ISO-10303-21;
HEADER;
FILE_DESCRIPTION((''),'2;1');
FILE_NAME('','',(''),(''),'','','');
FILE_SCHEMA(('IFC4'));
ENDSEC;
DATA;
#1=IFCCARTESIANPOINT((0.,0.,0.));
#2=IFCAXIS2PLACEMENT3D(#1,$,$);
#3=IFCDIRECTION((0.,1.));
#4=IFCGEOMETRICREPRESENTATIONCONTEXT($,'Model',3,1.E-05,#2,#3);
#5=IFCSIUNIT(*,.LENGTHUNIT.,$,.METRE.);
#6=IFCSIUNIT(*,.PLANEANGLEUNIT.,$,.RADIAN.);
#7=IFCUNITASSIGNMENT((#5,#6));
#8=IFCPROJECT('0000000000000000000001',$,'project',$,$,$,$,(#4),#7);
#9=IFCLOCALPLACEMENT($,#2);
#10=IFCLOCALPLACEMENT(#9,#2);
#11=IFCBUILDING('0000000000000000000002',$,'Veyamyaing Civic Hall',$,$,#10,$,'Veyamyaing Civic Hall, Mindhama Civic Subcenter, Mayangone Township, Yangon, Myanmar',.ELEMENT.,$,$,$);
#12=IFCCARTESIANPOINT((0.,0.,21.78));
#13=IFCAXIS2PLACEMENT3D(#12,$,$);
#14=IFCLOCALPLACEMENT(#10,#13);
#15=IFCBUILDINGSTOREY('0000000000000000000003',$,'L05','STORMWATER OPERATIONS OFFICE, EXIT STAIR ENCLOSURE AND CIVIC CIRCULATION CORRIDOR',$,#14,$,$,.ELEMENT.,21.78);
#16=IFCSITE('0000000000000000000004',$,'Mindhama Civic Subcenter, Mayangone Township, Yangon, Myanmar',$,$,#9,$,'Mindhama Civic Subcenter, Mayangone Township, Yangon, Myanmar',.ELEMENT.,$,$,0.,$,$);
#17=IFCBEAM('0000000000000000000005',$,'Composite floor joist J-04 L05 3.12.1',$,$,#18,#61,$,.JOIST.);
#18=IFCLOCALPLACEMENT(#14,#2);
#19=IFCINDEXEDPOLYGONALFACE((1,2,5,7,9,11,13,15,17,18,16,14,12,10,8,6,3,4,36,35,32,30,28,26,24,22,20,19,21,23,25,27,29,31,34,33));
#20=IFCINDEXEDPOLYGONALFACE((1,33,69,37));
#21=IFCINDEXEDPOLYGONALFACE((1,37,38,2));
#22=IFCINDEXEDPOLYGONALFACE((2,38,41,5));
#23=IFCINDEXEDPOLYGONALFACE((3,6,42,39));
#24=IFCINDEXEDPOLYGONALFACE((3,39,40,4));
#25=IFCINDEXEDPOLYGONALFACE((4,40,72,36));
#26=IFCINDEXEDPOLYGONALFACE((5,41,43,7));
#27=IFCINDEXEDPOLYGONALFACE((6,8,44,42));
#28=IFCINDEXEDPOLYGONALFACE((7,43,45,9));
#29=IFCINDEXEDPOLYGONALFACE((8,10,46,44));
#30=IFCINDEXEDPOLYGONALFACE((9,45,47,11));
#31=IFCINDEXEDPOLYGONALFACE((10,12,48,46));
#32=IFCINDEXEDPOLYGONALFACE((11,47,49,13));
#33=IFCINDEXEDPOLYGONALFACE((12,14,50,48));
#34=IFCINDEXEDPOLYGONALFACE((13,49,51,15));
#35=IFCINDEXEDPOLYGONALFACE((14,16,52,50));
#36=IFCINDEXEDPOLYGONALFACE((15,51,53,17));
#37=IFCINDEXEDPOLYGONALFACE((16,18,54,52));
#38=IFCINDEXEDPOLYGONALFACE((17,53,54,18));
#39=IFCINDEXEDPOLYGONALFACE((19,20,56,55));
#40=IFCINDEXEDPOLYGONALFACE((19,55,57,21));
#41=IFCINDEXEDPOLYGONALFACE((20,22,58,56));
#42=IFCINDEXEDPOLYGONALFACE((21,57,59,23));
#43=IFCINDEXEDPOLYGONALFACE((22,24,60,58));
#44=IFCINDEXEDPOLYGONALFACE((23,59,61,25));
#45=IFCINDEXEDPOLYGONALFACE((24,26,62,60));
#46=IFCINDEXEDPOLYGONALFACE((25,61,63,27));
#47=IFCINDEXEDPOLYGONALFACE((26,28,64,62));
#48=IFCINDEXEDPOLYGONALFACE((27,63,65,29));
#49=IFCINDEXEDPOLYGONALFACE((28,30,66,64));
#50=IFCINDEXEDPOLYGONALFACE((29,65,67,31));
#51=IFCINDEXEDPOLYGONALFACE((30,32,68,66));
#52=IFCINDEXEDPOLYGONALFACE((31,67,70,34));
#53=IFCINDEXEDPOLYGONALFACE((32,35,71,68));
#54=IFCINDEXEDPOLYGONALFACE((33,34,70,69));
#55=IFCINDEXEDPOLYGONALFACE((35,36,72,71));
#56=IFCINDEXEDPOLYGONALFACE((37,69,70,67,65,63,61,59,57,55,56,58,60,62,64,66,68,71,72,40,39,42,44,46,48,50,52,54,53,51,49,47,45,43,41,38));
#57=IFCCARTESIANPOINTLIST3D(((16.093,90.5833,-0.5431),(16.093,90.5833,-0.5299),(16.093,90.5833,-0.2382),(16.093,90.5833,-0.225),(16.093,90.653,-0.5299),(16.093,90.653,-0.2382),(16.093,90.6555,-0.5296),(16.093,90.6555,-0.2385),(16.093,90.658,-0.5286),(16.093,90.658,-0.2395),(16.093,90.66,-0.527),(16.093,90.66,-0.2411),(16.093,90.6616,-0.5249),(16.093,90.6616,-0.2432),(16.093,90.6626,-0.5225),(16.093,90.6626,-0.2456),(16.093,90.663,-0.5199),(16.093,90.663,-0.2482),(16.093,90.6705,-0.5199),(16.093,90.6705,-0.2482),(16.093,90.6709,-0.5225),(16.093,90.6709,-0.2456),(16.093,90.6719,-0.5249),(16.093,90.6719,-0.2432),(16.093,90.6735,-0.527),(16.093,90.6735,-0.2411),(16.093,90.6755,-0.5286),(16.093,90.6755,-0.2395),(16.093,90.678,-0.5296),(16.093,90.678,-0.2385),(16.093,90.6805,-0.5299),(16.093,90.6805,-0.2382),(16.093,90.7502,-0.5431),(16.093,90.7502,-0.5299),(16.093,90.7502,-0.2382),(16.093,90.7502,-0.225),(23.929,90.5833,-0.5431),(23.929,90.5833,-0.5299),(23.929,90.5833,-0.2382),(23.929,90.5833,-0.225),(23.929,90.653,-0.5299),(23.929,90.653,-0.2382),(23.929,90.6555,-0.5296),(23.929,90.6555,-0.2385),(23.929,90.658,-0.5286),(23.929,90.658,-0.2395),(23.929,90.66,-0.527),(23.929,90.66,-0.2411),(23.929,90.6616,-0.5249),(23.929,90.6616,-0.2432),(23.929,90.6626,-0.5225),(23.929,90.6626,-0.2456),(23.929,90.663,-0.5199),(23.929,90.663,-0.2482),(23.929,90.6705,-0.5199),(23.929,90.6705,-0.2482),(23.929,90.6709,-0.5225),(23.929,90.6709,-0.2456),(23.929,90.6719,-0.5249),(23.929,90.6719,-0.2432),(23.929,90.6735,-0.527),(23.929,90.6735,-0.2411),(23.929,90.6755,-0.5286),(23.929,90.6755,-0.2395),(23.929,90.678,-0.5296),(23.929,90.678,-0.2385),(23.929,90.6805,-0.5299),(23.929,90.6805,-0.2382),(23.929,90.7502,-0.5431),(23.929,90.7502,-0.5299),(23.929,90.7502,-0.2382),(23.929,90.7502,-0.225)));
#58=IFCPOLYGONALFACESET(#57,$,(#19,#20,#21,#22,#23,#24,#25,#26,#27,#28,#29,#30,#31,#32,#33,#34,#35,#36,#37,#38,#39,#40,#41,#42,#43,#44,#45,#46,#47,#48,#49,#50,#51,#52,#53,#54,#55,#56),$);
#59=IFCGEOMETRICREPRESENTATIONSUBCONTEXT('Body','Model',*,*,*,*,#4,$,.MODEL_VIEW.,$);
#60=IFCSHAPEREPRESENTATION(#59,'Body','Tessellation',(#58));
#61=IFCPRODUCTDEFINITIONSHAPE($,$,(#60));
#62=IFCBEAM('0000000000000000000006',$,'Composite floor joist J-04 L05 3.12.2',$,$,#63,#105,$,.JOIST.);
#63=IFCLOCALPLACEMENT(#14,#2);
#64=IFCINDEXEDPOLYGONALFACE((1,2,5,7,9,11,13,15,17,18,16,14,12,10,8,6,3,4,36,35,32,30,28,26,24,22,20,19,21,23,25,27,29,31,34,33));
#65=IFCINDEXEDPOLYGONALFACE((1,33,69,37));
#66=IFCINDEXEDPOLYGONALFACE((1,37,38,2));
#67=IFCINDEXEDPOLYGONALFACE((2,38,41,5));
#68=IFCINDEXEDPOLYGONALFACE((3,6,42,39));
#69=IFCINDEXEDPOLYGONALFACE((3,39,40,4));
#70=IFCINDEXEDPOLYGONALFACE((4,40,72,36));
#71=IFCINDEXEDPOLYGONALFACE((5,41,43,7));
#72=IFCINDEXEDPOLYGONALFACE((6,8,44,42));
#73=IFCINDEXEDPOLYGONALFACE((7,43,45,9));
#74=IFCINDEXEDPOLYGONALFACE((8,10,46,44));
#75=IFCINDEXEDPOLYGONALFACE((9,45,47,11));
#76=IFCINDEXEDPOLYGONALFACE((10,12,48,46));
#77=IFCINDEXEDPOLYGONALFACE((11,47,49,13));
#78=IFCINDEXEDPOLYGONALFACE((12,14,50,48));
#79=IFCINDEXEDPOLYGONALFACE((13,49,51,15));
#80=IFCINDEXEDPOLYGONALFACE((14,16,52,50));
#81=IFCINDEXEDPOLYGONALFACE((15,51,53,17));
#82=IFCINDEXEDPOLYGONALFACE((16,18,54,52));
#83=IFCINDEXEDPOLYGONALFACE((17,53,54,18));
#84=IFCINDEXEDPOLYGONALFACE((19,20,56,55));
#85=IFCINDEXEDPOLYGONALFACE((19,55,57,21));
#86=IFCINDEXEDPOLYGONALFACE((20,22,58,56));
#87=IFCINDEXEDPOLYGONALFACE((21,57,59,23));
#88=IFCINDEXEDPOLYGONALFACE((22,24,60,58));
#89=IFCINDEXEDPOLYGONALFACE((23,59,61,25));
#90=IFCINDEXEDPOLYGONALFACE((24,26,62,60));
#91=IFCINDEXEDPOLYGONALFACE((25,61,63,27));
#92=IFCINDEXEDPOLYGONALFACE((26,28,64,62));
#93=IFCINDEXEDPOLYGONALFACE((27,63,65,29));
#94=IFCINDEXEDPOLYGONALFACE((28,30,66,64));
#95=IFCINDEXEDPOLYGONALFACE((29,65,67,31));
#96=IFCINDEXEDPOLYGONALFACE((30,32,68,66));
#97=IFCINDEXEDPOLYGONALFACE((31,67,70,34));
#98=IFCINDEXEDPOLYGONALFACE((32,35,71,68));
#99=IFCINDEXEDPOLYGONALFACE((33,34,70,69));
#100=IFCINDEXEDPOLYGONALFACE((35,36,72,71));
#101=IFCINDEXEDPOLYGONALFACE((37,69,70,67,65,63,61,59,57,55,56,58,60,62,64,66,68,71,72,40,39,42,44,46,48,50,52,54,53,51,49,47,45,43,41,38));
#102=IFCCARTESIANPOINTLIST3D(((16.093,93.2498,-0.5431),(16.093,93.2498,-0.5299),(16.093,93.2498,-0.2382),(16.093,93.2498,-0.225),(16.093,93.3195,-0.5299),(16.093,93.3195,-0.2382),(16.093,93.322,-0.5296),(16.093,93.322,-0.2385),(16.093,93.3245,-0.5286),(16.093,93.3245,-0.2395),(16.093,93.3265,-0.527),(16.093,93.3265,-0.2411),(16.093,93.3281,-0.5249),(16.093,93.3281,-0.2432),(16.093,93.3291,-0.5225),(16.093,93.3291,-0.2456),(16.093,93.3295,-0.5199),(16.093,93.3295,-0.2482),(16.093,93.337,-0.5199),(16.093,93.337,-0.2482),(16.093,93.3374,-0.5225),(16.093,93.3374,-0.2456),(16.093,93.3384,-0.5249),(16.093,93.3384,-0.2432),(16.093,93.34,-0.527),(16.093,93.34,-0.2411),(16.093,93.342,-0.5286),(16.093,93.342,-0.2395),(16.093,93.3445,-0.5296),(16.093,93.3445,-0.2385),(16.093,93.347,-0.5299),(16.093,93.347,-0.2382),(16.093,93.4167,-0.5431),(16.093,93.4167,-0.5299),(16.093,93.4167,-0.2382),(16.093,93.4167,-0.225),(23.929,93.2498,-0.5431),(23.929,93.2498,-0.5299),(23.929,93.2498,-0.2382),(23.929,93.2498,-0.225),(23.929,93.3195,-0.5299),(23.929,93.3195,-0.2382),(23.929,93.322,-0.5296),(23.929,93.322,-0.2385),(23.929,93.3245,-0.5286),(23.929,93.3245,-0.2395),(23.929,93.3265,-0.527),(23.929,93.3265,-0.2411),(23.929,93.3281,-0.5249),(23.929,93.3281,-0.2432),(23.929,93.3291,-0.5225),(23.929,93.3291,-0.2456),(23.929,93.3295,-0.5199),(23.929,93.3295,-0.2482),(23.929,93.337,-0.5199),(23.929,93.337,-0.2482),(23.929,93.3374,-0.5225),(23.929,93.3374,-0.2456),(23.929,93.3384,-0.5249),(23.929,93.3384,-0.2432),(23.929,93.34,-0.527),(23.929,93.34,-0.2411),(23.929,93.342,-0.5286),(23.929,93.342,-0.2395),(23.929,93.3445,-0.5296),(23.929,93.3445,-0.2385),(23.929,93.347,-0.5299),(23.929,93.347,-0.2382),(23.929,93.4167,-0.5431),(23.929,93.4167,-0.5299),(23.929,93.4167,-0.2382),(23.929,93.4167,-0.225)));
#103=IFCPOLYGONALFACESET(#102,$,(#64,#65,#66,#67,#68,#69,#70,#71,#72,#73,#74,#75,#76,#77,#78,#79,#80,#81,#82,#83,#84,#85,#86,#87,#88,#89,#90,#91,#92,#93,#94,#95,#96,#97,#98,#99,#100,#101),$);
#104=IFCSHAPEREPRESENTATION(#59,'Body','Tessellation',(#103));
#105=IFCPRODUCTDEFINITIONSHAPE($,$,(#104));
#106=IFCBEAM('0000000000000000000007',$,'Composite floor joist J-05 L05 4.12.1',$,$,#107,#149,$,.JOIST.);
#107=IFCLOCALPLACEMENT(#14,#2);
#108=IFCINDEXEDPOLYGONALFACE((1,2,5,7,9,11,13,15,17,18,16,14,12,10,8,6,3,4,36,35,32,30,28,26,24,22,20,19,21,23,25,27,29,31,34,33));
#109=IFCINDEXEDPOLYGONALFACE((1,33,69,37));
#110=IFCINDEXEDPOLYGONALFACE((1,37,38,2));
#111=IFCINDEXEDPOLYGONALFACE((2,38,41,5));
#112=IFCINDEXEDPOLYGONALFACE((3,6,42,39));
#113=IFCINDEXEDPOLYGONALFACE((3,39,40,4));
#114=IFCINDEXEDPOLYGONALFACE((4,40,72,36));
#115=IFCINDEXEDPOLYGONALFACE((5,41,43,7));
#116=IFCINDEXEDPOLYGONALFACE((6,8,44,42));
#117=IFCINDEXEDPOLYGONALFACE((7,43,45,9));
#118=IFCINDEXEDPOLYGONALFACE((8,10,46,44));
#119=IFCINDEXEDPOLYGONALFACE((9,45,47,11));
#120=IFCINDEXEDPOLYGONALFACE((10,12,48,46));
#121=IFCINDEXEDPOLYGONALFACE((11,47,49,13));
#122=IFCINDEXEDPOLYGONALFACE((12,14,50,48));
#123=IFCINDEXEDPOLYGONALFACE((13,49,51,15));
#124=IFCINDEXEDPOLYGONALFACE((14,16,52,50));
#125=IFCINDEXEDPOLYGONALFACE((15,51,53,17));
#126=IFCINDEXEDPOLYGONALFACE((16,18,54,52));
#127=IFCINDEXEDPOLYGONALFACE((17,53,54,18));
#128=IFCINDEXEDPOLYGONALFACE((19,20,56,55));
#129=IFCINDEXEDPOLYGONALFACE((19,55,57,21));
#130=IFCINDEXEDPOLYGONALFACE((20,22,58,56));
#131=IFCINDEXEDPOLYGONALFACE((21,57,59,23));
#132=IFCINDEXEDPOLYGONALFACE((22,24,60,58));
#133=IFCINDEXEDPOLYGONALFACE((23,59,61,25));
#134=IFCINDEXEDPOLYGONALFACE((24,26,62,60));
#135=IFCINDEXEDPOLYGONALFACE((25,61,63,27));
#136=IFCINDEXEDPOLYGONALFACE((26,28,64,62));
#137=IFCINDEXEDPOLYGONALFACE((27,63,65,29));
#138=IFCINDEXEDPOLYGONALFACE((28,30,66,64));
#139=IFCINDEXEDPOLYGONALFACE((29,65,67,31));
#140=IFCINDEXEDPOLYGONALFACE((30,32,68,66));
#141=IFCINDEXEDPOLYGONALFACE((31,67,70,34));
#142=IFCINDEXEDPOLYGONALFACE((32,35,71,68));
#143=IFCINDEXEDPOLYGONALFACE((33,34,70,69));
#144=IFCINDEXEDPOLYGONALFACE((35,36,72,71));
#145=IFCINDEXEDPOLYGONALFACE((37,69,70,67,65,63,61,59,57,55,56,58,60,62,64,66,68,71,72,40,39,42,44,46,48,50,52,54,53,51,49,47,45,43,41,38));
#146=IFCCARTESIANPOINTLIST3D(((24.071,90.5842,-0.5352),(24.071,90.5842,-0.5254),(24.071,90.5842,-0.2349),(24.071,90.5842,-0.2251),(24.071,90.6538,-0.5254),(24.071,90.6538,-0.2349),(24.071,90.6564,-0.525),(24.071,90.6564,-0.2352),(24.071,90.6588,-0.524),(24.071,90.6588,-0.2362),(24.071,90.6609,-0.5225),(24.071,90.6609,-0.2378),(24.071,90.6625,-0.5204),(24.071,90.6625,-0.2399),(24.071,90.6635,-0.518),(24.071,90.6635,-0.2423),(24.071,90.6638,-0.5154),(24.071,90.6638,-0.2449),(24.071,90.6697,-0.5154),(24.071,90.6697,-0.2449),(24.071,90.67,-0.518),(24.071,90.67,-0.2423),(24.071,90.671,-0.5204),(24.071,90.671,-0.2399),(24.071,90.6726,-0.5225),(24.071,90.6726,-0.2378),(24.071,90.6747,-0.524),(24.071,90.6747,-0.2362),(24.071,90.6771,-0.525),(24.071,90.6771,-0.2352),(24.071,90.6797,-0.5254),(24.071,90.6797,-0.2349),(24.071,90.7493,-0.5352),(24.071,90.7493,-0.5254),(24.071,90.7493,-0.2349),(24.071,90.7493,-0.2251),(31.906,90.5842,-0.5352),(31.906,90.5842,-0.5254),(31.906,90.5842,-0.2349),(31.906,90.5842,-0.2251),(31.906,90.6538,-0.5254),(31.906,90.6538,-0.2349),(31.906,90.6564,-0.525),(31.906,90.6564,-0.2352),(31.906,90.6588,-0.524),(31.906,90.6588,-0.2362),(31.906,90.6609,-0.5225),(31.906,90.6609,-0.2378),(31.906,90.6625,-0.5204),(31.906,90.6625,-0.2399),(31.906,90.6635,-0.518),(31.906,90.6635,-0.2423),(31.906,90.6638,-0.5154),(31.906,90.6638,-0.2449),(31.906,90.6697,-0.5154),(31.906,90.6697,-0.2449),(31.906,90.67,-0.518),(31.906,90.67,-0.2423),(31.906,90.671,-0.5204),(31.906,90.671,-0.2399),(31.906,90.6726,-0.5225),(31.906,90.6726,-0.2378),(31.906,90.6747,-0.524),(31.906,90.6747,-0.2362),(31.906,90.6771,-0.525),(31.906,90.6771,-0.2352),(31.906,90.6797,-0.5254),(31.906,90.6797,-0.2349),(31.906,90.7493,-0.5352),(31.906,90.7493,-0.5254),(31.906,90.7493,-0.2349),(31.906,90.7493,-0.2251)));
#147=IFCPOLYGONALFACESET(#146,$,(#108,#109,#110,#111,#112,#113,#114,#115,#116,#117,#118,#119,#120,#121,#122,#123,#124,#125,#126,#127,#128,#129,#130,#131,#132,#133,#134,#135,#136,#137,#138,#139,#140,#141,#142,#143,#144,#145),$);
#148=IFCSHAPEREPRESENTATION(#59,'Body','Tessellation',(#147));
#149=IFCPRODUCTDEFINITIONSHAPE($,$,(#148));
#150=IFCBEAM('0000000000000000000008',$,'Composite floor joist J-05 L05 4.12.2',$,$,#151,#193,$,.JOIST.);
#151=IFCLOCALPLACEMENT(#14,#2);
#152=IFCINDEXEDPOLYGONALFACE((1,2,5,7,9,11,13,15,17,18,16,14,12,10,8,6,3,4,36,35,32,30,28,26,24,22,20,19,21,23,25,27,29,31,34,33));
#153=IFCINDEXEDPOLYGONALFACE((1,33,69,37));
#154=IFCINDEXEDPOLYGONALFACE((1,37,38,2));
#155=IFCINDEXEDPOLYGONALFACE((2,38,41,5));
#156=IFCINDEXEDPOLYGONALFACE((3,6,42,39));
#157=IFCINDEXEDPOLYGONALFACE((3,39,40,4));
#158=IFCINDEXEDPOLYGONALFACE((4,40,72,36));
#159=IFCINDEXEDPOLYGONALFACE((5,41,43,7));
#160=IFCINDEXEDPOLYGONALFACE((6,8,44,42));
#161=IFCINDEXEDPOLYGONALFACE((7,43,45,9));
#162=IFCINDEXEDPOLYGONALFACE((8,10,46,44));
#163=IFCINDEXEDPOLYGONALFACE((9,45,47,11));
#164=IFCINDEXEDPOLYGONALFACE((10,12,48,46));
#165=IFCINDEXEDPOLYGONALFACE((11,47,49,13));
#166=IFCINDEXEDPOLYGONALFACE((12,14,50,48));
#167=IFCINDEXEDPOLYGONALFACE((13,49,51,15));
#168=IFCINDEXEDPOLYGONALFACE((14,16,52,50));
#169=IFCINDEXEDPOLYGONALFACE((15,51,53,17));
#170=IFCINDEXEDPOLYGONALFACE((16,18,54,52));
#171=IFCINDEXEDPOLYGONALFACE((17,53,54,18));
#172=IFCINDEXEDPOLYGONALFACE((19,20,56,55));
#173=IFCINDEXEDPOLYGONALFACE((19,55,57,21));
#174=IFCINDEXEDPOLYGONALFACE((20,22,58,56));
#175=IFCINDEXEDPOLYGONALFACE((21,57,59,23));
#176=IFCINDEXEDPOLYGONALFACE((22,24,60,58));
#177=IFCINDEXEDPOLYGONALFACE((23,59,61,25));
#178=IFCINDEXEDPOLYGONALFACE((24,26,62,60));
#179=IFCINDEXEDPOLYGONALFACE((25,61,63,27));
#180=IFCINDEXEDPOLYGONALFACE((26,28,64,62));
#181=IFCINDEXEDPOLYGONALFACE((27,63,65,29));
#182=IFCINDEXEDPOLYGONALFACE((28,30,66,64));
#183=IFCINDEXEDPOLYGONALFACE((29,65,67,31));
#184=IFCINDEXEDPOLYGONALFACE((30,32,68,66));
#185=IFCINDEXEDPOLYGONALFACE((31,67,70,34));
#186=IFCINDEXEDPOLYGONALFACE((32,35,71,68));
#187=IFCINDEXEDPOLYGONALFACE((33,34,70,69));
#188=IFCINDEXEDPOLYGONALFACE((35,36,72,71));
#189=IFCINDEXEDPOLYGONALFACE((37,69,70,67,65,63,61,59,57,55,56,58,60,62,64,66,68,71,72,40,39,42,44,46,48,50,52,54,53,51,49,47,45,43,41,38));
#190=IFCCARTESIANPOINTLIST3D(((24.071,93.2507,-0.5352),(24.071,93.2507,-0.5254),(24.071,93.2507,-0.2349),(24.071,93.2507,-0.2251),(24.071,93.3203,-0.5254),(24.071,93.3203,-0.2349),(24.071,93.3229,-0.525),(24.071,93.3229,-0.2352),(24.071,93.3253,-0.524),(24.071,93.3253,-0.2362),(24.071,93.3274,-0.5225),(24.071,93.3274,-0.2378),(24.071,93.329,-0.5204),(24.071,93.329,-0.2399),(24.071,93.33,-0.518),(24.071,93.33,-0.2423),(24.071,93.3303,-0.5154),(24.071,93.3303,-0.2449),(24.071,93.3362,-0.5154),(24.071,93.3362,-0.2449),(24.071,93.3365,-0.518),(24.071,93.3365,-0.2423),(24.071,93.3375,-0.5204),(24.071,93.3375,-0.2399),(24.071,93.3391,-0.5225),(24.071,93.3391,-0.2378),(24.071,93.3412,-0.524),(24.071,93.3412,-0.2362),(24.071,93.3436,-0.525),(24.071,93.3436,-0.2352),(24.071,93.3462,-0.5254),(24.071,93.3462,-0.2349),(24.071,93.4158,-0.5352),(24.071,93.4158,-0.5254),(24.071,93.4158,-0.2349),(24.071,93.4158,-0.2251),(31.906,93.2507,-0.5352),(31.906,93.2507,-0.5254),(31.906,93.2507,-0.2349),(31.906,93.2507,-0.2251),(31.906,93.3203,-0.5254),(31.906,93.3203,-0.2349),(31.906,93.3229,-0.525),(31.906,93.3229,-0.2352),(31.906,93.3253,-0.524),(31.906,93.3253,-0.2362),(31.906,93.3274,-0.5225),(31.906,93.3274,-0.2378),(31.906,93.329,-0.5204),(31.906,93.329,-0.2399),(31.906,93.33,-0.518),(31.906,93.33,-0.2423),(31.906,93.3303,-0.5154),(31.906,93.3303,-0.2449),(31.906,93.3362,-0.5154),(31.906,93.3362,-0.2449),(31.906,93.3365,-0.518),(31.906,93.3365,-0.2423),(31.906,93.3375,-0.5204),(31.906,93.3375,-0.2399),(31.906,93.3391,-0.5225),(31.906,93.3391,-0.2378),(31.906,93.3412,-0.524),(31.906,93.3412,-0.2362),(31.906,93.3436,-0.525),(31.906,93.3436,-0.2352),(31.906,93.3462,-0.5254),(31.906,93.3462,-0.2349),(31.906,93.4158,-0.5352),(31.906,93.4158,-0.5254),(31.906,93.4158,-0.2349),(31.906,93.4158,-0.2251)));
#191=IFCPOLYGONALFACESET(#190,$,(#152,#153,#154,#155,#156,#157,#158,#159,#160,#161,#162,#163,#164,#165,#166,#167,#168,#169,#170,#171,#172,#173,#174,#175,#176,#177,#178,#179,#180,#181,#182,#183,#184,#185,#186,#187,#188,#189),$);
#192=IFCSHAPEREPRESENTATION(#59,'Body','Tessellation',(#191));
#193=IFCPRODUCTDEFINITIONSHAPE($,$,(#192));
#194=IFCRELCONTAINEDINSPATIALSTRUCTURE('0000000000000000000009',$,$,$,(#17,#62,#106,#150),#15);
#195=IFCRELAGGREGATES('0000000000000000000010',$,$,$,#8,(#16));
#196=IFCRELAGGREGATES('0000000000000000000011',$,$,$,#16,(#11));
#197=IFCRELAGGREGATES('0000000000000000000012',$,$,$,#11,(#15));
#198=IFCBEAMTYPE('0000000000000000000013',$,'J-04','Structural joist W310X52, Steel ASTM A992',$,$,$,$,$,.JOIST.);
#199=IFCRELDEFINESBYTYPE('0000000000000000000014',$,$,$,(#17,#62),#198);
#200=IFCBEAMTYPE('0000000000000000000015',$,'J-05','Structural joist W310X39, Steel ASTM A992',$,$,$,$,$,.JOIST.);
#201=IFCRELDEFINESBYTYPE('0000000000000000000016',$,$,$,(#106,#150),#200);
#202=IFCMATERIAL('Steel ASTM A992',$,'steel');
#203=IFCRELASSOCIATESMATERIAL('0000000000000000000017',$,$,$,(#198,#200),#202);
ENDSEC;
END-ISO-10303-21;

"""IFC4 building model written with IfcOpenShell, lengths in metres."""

from ifc_helpers import new_model, si_unit, direction, frame, origin, origin_2d, place, context, subcontext, project, spatial, i_section, extrude, material, material_profile, profile_set, type_object, element, save


model = new_model("IFC4")

# Units and contexts
model_context = context("Model", 3, precision=1e-05, world=origin(), true_north=direction((0.0, 1.0)))
body_context = subcontext(model_context, "Body", "Model", "MODEL_VIEW")
ifc_project = project(units=[si_unit("LENGTHUNIT", "METRE"), si_unit("PLANEANGLEUNIT", "RADIAN")], contexts=[model_context])

# Site, building, storey
site_placement = place(None, origin())
site = spatial("IfcSite", under=ifc_project, at=site_placement, Name="Mindhama Civic Subcenter, Mayangone Township, Yangon, Myanmar", LongName="Mindhama Civic Subcenter, Mayangone Township, Yangon, Myanmar", CompositionType="ELEMENT", RefElevation=0.0)
building_placement = place(site_placement, origin())
building = spatial("IfcBuilding", under=site, at=building_placement, Name="Veyamyaing Civic Hall", LongName="Veyamyaing Civic Hall, Mindhama Civic Subcenter, Mayangone Township, Yangon, Myanmar", CompositionType="ELEMENT")
storey_placement = place(building_placement, frame((0.0, 0.0, 21.78)))
storey = spatial("IfcBuildingStorey", under=building, at=storey_placement, Name="L05", Description="STORMWATER OPERATIONS OFFICE, EXIT STAIR ENCLOSURE AND CIVIC CIRCULATION CORRIDOR", CompositionType="ELEMENT", Elevation=21.78)

# Beams
ifc_material_1 = material(Name="Steel ASTM A992", Category="steel")
ifc_material_profile_1 = material_profile(ifc_material_1, i_section(OverallWidth=0.167, OverallDepth=0.3181, WebThickness=0.0076, FlangeThickness=0.0132, FilletRadius=0.01, at=origin_2d()), Name="W310X52")
ifc_profile_set_1 = profile_set([ifc_material_profile_1], Name="Steel ASTM A992")
beam_type_1 = type_object("IfcBeamType", Name="J-04", Description="Structural joist W310X52, Steel ASTM A992", PredefinedType="JOIST", material=ifc_profile_set_1)
for number, where, z_axis, x_axis, name in (
    (1, (16.093, 90.6667, -0.384), (1.0, 0.0, 0.0), (0.0, 1.0, 0.0), "Composite floor joist J-04 L05 3.12.1"),
    (2, (16.093, 93.3333, -0.384), (1.0, 0.0, 0.0), (0.0, 1.0, 0.0), "Composite floor joist J-04 L05 3.12.2"),
):
    element("IfcBeam", number, at=place(storey_placement, frame(where, z_axis=z_axis, x_axis=x_axis)), inside=storey, type_object=beam_type_1, Name=name, PredefinedType="JOIST", context=body_context, shape_type="SweptSolid", body=[
        extrude(i_section(OverallWidth=0.167, OverallDepth=0.3181, WebThickness=0.0076, FlangeThickness=0.0132, FilletRadius=0.01, at=origin_2d()), origin(), (0.0, 0.0, 1.0), 7.8359),
    ])
ifc_material_profile_2 = material_profile(ifc_material_1, i_section(OverallWidth=0.165, OverallDepth=0.3101, WebThickness=0.0059, FlangeThickness=0.0098, FilletRadius=0.01, at=origin_2d()), Name="W310X39")
ifc_profile_set_2 = profile_set([ifc_material_profile_2], Name="Steel ASTM A992")
beam_type_2 = type_object("IfcBeamType", Name="J-05", Description="Structural joist W310X39, Steel ASTM A992", PredefinedType="JOIST", material=ifc_profile_set_2)
for number, where, z_axis, x_axis, name in (
    (3, (24.071, 90.6667, -0.3801), (1.0, 0.0, 0.0), (0.0, 1.0, 0.0), "Composite floor joist J-05 L05 4.12.1"),
    (4, (24.071, 93.3333, -0.3801), (1.0, 0.0, 0.0), (0.0, 1.0, 0.0), "Composite floor joist J-05 L05 4.12.2"),
):
    element("IfcBeam", number, at=place(storey_placement, frame(where, z_axis=z_axis, x_axis=x_axis)), inside=storey, type_object=beam_type_2, Name=name, PredefinedType="JOIST", context=body_context, shape_type="SweptSolid", body=[
        extrude(i_section(OverallWidth=0.165, OverallDepth=0.3101, WebThickness=0.0059, FlangeThickness=0.0098, FilletRadius=0.01, at=origin_2d()), origin(), (0.0, 0.0, 1.0), 7.835),
    ])

save(model, "model.ifc")
